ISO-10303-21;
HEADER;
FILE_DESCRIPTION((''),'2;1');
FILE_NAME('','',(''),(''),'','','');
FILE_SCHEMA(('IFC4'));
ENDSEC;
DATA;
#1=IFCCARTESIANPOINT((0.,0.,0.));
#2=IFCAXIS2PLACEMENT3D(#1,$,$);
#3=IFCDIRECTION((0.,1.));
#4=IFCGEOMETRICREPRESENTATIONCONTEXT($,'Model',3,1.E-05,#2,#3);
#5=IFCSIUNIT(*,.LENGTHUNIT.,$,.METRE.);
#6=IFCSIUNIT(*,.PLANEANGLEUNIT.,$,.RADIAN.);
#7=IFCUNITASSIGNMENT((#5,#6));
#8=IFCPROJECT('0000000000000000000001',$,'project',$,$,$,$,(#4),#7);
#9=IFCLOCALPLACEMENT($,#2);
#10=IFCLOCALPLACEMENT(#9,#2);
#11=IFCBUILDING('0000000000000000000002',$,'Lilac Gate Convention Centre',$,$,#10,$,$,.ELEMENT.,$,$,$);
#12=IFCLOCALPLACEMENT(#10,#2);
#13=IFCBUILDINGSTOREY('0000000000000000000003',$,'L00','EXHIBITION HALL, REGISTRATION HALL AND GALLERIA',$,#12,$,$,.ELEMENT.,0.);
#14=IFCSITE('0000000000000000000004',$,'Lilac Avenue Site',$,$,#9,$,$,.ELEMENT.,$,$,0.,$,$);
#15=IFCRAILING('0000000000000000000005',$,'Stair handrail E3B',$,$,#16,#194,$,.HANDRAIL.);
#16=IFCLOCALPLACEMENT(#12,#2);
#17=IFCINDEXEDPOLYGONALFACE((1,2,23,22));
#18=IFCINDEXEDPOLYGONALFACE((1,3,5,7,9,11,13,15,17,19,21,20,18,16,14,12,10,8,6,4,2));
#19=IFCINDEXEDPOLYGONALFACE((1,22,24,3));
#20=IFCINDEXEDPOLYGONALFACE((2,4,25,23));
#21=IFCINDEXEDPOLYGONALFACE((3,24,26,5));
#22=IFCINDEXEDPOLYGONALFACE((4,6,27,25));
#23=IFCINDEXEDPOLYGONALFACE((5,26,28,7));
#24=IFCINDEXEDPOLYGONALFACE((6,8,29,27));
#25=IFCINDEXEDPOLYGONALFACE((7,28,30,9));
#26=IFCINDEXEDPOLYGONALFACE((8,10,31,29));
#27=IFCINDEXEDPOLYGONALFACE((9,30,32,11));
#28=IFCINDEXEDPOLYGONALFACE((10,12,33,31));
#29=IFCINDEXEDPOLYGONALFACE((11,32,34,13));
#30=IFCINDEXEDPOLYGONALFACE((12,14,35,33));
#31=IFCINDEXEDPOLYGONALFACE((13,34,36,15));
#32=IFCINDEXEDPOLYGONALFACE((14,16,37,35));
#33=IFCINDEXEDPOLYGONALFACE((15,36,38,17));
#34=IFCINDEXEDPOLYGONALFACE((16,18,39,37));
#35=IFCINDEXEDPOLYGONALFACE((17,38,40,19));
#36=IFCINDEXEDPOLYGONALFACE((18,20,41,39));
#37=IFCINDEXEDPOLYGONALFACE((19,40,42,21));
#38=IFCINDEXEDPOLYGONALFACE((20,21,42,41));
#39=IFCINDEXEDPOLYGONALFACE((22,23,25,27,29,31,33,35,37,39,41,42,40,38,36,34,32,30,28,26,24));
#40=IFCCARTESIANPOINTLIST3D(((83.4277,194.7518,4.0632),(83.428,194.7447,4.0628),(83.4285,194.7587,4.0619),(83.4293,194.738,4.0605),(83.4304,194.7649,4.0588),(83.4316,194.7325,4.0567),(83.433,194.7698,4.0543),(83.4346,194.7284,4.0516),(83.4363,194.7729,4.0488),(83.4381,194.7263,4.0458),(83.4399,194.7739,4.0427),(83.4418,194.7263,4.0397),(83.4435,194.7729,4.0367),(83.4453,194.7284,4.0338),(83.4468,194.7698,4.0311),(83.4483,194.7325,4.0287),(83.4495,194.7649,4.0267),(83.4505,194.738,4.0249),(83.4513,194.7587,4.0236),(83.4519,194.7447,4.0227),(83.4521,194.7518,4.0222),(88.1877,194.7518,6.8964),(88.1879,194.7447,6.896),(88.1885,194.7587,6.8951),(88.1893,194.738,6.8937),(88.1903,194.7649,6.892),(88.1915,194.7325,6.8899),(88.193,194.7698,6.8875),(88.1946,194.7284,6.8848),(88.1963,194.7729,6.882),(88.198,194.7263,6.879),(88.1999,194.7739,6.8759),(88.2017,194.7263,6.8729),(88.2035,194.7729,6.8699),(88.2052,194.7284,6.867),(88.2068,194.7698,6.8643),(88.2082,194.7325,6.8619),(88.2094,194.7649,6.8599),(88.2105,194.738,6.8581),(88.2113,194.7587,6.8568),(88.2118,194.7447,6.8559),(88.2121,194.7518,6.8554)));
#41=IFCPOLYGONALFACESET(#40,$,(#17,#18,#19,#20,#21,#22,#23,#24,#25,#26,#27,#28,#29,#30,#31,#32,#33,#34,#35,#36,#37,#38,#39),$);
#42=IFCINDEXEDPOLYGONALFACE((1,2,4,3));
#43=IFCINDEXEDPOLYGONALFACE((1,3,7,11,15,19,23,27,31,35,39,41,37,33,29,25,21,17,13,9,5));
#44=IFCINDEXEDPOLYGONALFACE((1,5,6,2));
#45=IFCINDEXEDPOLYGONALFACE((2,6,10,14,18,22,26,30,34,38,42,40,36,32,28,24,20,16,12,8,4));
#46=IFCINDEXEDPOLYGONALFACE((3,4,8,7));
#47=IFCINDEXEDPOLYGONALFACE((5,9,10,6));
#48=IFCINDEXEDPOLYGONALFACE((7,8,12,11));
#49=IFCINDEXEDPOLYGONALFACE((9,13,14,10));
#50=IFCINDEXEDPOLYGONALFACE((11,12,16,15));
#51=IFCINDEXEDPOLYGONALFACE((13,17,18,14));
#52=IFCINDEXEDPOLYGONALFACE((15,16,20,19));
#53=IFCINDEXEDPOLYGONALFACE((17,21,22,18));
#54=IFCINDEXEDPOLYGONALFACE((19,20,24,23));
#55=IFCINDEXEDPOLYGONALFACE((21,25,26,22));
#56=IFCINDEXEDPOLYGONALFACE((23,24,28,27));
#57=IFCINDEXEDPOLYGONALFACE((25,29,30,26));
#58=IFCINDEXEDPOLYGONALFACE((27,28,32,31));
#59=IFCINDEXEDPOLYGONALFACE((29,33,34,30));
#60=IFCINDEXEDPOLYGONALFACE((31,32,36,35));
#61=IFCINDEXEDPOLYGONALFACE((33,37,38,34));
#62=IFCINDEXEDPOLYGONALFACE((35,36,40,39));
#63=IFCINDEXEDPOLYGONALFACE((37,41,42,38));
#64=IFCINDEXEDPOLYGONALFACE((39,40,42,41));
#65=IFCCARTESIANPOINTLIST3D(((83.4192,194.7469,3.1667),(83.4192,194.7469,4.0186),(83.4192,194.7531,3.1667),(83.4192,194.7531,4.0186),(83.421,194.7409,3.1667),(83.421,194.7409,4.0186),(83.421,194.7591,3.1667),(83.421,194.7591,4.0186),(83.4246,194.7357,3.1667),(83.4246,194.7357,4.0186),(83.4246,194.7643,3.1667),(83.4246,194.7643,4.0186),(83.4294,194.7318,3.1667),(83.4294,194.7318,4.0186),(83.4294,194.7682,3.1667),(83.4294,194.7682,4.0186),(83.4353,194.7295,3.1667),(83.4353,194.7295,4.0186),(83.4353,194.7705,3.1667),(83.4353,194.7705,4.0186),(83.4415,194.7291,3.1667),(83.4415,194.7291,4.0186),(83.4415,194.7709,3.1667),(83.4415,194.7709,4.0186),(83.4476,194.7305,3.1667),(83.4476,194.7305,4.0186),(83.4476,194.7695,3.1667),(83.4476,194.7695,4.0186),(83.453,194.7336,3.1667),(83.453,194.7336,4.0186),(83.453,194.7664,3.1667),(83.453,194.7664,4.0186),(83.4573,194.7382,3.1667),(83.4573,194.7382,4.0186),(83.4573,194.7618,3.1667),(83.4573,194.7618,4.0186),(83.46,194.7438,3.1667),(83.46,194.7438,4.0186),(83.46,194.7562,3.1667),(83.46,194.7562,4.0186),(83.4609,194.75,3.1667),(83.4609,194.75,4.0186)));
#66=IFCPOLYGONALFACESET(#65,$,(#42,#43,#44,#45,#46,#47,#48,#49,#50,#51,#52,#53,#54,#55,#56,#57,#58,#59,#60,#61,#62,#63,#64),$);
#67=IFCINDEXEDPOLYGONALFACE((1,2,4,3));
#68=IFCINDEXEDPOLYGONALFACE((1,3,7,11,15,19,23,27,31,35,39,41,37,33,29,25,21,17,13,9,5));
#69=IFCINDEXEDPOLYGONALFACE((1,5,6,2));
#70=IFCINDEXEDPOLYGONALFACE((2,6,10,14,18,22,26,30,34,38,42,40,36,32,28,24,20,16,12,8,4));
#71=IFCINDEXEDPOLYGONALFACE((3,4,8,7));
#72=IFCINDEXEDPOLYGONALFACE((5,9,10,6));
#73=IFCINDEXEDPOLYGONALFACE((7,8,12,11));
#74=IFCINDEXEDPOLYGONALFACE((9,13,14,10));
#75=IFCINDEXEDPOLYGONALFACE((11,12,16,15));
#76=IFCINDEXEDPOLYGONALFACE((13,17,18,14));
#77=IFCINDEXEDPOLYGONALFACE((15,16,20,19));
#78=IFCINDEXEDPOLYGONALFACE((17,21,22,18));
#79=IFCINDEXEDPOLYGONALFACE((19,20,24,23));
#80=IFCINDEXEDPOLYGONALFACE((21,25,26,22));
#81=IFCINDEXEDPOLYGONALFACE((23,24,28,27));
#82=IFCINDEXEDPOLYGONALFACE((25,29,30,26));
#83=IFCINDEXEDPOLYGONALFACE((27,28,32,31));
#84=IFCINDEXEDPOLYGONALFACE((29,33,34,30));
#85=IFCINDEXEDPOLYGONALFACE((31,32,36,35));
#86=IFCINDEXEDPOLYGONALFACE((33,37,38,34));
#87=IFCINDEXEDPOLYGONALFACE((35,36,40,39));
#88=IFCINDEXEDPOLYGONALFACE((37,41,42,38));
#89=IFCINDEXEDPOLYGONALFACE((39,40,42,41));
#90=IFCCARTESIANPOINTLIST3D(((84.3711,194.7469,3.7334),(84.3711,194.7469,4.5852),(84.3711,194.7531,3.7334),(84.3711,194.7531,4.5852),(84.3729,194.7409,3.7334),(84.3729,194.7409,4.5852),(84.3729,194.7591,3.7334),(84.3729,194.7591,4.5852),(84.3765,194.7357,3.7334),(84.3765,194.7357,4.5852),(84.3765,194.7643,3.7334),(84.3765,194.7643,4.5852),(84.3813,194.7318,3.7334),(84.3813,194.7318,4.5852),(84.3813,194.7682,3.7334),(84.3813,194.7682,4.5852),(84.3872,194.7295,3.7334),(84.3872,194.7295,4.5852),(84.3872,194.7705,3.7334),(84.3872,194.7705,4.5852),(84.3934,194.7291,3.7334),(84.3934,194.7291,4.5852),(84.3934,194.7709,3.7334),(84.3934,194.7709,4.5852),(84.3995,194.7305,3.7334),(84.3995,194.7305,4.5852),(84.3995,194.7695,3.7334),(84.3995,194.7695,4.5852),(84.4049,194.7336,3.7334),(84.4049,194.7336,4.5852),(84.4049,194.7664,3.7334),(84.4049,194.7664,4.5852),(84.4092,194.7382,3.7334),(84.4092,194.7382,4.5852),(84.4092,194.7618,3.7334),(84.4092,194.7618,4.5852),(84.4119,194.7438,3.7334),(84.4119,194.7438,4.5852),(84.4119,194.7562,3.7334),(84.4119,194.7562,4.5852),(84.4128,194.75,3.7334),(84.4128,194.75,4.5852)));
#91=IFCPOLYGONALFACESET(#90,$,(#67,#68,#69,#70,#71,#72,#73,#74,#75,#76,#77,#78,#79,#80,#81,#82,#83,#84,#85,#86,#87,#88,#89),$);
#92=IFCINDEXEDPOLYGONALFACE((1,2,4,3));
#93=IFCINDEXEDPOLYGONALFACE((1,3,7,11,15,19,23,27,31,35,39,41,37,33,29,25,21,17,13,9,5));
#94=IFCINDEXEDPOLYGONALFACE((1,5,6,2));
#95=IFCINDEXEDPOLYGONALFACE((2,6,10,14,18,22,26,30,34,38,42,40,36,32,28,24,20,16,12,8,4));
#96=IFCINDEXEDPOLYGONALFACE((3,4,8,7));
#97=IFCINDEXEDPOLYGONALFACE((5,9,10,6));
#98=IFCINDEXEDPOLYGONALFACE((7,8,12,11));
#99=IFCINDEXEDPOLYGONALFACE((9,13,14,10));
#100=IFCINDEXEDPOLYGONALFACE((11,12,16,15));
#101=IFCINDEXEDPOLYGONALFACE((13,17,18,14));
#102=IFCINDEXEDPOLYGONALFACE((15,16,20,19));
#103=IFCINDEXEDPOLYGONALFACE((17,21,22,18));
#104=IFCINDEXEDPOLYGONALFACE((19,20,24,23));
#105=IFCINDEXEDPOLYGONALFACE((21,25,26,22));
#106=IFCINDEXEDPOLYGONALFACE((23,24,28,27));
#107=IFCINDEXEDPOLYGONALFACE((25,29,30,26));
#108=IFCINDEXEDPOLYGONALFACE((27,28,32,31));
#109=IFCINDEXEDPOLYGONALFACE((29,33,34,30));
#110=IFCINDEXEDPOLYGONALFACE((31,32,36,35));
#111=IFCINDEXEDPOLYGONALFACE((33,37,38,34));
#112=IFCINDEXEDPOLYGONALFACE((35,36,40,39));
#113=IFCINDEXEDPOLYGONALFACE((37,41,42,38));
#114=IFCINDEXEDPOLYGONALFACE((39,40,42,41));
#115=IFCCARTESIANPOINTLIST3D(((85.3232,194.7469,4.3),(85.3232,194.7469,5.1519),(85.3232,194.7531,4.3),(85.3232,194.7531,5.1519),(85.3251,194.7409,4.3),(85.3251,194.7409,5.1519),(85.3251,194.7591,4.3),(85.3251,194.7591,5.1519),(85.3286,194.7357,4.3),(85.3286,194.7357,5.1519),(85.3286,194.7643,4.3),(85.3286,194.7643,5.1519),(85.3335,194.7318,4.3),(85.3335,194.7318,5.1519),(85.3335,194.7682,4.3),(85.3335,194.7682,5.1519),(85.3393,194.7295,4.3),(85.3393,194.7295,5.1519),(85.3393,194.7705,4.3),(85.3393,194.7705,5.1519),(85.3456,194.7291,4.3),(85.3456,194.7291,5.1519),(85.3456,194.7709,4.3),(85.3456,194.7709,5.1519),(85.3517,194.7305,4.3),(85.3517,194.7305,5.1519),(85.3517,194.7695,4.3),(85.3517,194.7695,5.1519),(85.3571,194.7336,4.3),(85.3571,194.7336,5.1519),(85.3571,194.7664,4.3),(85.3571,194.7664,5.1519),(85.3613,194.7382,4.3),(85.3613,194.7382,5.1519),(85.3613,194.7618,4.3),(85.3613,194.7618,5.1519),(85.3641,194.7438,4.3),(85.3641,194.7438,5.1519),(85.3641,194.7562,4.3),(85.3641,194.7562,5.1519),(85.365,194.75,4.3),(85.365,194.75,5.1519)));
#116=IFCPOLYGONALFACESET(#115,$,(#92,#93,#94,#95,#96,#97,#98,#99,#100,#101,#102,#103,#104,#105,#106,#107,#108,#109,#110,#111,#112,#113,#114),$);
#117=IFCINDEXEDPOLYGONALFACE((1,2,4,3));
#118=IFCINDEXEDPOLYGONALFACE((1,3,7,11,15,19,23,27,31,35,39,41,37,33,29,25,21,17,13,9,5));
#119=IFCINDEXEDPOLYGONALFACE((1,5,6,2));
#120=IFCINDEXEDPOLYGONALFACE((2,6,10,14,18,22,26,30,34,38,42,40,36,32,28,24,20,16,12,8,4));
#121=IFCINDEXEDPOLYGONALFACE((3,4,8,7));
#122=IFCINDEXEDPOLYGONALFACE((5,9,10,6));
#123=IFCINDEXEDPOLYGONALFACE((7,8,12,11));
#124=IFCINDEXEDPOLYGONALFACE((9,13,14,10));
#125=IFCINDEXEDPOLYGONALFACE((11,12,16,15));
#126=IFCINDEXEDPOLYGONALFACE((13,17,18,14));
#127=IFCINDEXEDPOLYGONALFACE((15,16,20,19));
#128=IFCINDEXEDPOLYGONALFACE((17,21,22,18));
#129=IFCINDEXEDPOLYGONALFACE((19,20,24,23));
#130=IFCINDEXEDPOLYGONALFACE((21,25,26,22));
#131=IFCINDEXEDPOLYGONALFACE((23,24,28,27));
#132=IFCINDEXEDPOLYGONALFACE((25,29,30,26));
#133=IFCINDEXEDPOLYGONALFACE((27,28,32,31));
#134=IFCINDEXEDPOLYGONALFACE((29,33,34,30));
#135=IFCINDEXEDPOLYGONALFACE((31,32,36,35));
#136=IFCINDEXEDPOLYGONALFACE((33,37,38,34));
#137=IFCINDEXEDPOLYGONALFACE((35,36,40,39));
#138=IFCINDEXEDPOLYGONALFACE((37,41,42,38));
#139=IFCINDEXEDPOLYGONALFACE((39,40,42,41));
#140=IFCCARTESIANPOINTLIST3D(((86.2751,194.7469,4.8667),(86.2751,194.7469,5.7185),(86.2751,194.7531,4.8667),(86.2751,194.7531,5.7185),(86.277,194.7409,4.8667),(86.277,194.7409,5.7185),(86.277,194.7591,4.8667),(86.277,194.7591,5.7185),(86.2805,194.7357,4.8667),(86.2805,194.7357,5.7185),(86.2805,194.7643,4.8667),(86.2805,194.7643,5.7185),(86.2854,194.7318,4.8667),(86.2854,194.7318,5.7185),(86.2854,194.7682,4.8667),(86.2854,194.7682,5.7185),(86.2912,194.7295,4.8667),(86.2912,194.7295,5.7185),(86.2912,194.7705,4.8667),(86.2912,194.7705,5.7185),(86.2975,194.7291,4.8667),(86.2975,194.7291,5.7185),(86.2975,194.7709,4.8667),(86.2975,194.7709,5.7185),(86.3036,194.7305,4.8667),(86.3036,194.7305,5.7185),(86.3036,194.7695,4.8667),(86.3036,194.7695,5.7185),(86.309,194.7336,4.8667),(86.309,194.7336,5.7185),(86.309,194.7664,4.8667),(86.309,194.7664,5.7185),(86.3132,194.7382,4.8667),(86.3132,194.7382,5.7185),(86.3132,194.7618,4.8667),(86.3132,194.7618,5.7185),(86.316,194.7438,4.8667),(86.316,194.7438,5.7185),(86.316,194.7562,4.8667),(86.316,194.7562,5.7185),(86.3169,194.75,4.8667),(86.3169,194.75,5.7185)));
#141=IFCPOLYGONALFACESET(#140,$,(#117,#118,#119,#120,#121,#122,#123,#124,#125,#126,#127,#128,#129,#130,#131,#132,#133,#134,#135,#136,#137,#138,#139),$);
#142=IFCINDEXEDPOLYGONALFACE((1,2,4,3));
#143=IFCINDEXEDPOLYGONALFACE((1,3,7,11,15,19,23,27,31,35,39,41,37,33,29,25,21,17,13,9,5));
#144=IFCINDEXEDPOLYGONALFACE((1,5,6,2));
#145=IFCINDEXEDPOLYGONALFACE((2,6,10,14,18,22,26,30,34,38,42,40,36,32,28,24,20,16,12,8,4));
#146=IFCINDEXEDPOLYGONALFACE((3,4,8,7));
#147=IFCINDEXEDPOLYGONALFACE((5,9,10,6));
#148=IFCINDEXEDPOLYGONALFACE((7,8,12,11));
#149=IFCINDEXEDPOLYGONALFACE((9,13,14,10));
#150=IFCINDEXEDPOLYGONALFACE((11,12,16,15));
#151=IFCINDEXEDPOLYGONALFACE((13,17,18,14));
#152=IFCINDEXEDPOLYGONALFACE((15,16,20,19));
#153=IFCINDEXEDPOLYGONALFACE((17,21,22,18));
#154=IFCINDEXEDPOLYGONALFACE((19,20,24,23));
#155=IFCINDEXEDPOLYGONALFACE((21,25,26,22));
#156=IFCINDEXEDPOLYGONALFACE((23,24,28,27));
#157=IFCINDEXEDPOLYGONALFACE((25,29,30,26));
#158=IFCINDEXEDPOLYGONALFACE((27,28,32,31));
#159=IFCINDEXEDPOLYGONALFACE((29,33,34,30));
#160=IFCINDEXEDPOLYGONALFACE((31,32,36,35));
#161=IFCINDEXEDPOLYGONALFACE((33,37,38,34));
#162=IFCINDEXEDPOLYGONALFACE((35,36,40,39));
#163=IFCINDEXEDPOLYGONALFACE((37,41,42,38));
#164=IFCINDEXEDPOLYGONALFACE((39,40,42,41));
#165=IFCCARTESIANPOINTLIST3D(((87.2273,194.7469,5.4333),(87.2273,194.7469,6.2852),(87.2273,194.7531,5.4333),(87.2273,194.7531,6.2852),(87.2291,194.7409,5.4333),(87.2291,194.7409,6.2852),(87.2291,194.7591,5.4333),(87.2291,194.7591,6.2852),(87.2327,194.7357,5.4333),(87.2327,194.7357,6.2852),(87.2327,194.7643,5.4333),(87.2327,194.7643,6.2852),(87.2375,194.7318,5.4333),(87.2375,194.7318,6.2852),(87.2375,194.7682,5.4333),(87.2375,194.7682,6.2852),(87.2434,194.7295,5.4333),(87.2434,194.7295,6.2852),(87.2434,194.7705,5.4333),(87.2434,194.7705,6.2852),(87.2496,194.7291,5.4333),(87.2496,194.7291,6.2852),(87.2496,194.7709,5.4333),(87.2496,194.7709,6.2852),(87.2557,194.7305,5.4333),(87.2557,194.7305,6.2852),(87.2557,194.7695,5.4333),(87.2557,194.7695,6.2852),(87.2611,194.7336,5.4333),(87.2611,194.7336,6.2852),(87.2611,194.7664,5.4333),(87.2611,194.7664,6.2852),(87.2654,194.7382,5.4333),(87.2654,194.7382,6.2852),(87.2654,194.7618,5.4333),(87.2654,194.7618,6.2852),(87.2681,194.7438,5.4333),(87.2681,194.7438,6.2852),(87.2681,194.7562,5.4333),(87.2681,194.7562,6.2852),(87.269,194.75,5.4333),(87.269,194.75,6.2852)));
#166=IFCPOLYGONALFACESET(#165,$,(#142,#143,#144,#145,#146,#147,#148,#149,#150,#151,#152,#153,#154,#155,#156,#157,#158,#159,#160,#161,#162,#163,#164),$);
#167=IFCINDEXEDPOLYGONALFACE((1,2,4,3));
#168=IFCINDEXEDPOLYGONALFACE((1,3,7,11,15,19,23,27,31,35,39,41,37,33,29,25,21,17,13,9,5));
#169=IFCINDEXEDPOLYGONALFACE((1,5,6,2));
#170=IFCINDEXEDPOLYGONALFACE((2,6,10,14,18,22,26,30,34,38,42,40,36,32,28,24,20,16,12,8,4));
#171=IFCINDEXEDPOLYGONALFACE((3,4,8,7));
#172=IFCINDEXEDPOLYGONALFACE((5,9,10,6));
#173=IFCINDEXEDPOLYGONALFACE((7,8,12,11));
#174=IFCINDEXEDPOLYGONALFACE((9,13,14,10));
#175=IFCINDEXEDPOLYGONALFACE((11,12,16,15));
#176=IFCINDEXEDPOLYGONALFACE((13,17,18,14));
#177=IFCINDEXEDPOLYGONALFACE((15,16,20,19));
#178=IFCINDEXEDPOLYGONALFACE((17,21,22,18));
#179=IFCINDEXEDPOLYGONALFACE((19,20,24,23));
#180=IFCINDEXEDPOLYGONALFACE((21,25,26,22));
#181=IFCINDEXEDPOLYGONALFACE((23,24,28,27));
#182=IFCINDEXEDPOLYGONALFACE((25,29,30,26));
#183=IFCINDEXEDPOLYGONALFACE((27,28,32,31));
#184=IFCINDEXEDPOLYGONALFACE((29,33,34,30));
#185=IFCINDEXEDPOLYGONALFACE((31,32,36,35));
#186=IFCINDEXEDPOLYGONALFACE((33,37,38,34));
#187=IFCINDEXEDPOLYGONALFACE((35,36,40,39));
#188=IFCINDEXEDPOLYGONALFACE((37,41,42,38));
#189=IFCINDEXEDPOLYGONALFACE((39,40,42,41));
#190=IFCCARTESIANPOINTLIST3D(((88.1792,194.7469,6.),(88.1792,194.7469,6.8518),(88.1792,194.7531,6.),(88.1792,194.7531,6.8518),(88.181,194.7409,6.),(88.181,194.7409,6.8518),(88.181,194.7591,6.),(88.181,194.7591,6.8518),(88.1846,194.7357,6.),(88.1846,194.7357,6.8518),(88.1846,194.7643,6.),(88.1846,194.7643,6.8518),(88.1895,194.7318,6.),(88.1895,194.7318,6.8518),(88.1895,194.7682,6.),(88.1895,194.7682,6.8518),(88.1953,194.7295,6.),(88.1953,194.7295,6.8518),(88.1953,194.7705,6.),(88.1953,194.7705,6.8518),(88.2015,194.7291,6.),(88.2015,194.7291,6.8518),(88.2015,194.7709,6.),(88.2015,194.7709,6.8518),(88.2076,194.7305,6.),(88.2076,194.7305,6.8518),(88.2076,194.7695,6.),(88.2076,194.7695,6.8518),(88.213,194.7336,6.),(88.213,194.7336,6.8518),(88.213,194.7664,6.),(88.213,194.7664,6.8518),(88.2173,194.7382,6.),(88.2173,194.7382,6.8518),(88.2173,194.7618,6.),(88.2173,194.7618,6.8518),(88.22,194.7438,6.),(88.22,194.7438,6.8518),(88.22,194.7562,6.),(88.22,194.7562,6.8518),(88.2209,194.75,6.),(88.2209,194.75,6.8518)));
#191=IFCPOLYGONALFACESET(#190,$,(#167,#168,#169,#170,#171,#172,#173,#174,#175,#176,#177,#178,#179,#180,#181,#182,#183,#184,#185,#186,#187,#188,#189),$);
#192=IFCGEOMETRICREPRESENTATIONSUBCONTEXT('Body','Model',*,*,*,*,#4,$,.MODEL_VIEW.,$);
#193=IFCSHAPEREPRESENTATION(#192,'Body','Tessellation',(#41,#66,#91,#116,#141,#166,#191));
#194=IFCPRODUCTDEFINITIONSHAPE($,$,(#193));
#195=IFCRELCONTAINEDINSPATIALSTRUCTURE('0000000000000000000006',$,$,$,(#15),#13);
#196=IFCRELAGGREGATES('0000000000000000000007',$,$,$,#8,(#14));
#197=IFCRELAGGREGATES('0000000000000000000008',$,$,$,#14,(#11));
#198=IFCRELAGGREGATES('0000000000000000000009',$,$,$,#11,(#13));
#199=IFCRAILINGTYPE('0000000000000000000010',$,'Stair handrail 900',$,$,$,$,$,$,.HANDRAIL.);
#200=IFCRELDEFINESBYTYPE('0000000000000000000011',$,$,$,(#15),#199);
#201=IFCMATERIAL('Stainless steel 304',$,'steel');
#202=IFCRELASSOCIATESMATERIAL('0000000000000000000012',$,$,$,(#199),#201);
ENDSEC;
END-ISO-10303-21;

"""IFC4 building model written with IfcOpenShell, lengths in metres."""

from ifc_helpers import new_model, si_unit, direction, frame, origin, origin_2d, place, context, subcontext, project, spatial, circle, extrude, material, type_object, element, save


model = new_model("IFC4")

# Units and contexts
model_context = context("Model", 3, precision=1e-05, world=origin(), true_north=direction((0.0, 1.0)))
body_context = subcontext(model_context, "Body", "Model", "MODEL_VIEW")
ifc_project = project(units=[si_unit("LENGTHUNIT", "METRE"), si_unit("PLANEANGLEUNIT", "RADIAN")], contexts=[model_context])

# Site, building, storey
site_placement = place(None, origin())
site = spatial("IfcSite", under=ifc_project, at=site_placement, Name="Lilac Avenue Site", CompositionType="ELEMENT", RefElevation=0.0)
building_placement = place(site_placement, origin())
building = spatial("IfcBuilding", under=site, at=building_placement, Name="Lilac Gate Convention Centre", CompositionType="ELEMENT")
storey_placement = place(building_placement, origin())
storey = spatial("IfcBuildingStorey", under=building, at=storey_placement, Name="L00", Description="EXHIBITION HALL, REGISTRATION HALL AND GALLERIA", CompositionType="ELEMENT", Elevation=0.0)

# Shared definitions
ifc_material_1 = material(Name="Stainless steel 304", Category="steel")

# Railing
railing_type = type_object("IfcRailingType", Name="Stair handrail 900", PredefinedType="HANDRAIL", material=ifc_material_1)
railing_placement = place(storey_placement, frame((83.4399, 194.75, 3.1667)))
element("IfcRailing", 1, at=railing_placement, inside=storey, type_object=railing_type, Name="Stair handrail E3B", PredefinedType="HANDRAIL", context=body_context, shape_type="SweptSolid", body=[
    extrude(circle(Radius=0.0239, at=origin_2d()), frame((0.0, 0.0, 0.876), z_axis=(0.8593, 0.0, 0.511472), x_axis=(0.0, 1.0, 0.0)), (0.0, 0.0, 1.0), 5.5393),
    extrude(circle(Radius=0.021, at=origin_2d()), origin(), (0.0, 0.0, 1.0), 0.8518),
    extrude(circle(Radius=0.021, at=origin_2d()), frame((0.9519, 0.0, 0.5667)), (0.0, 0.0, 1.0), 0.8518),
    extrude(circle(Radius=0.021, at=origin_2d()), frame((1.9041, 0.0, 1.1333)), (0.0, 0.0, 1.0), 0.8518),
    extrude(circle(Radius=0.021, at=origin_2d()), frame((2.856, 0.0, 1.7)), (0.0, 0.0, 1.0), 0.8518),
    extrude(circle(Radius=0.021, at=origin_2d()), frame((3.8081, 0.0, 2.2666)), (0.0, 0.0, 1.0), 0.8518),
    extrude(circle(Radius=0.021, at=origin_2d()), frame((4.76, 0.0, 2.8333)), (0.0, 0.0, 1.0), 0.8518),
])

save(model, "model.ifc")
